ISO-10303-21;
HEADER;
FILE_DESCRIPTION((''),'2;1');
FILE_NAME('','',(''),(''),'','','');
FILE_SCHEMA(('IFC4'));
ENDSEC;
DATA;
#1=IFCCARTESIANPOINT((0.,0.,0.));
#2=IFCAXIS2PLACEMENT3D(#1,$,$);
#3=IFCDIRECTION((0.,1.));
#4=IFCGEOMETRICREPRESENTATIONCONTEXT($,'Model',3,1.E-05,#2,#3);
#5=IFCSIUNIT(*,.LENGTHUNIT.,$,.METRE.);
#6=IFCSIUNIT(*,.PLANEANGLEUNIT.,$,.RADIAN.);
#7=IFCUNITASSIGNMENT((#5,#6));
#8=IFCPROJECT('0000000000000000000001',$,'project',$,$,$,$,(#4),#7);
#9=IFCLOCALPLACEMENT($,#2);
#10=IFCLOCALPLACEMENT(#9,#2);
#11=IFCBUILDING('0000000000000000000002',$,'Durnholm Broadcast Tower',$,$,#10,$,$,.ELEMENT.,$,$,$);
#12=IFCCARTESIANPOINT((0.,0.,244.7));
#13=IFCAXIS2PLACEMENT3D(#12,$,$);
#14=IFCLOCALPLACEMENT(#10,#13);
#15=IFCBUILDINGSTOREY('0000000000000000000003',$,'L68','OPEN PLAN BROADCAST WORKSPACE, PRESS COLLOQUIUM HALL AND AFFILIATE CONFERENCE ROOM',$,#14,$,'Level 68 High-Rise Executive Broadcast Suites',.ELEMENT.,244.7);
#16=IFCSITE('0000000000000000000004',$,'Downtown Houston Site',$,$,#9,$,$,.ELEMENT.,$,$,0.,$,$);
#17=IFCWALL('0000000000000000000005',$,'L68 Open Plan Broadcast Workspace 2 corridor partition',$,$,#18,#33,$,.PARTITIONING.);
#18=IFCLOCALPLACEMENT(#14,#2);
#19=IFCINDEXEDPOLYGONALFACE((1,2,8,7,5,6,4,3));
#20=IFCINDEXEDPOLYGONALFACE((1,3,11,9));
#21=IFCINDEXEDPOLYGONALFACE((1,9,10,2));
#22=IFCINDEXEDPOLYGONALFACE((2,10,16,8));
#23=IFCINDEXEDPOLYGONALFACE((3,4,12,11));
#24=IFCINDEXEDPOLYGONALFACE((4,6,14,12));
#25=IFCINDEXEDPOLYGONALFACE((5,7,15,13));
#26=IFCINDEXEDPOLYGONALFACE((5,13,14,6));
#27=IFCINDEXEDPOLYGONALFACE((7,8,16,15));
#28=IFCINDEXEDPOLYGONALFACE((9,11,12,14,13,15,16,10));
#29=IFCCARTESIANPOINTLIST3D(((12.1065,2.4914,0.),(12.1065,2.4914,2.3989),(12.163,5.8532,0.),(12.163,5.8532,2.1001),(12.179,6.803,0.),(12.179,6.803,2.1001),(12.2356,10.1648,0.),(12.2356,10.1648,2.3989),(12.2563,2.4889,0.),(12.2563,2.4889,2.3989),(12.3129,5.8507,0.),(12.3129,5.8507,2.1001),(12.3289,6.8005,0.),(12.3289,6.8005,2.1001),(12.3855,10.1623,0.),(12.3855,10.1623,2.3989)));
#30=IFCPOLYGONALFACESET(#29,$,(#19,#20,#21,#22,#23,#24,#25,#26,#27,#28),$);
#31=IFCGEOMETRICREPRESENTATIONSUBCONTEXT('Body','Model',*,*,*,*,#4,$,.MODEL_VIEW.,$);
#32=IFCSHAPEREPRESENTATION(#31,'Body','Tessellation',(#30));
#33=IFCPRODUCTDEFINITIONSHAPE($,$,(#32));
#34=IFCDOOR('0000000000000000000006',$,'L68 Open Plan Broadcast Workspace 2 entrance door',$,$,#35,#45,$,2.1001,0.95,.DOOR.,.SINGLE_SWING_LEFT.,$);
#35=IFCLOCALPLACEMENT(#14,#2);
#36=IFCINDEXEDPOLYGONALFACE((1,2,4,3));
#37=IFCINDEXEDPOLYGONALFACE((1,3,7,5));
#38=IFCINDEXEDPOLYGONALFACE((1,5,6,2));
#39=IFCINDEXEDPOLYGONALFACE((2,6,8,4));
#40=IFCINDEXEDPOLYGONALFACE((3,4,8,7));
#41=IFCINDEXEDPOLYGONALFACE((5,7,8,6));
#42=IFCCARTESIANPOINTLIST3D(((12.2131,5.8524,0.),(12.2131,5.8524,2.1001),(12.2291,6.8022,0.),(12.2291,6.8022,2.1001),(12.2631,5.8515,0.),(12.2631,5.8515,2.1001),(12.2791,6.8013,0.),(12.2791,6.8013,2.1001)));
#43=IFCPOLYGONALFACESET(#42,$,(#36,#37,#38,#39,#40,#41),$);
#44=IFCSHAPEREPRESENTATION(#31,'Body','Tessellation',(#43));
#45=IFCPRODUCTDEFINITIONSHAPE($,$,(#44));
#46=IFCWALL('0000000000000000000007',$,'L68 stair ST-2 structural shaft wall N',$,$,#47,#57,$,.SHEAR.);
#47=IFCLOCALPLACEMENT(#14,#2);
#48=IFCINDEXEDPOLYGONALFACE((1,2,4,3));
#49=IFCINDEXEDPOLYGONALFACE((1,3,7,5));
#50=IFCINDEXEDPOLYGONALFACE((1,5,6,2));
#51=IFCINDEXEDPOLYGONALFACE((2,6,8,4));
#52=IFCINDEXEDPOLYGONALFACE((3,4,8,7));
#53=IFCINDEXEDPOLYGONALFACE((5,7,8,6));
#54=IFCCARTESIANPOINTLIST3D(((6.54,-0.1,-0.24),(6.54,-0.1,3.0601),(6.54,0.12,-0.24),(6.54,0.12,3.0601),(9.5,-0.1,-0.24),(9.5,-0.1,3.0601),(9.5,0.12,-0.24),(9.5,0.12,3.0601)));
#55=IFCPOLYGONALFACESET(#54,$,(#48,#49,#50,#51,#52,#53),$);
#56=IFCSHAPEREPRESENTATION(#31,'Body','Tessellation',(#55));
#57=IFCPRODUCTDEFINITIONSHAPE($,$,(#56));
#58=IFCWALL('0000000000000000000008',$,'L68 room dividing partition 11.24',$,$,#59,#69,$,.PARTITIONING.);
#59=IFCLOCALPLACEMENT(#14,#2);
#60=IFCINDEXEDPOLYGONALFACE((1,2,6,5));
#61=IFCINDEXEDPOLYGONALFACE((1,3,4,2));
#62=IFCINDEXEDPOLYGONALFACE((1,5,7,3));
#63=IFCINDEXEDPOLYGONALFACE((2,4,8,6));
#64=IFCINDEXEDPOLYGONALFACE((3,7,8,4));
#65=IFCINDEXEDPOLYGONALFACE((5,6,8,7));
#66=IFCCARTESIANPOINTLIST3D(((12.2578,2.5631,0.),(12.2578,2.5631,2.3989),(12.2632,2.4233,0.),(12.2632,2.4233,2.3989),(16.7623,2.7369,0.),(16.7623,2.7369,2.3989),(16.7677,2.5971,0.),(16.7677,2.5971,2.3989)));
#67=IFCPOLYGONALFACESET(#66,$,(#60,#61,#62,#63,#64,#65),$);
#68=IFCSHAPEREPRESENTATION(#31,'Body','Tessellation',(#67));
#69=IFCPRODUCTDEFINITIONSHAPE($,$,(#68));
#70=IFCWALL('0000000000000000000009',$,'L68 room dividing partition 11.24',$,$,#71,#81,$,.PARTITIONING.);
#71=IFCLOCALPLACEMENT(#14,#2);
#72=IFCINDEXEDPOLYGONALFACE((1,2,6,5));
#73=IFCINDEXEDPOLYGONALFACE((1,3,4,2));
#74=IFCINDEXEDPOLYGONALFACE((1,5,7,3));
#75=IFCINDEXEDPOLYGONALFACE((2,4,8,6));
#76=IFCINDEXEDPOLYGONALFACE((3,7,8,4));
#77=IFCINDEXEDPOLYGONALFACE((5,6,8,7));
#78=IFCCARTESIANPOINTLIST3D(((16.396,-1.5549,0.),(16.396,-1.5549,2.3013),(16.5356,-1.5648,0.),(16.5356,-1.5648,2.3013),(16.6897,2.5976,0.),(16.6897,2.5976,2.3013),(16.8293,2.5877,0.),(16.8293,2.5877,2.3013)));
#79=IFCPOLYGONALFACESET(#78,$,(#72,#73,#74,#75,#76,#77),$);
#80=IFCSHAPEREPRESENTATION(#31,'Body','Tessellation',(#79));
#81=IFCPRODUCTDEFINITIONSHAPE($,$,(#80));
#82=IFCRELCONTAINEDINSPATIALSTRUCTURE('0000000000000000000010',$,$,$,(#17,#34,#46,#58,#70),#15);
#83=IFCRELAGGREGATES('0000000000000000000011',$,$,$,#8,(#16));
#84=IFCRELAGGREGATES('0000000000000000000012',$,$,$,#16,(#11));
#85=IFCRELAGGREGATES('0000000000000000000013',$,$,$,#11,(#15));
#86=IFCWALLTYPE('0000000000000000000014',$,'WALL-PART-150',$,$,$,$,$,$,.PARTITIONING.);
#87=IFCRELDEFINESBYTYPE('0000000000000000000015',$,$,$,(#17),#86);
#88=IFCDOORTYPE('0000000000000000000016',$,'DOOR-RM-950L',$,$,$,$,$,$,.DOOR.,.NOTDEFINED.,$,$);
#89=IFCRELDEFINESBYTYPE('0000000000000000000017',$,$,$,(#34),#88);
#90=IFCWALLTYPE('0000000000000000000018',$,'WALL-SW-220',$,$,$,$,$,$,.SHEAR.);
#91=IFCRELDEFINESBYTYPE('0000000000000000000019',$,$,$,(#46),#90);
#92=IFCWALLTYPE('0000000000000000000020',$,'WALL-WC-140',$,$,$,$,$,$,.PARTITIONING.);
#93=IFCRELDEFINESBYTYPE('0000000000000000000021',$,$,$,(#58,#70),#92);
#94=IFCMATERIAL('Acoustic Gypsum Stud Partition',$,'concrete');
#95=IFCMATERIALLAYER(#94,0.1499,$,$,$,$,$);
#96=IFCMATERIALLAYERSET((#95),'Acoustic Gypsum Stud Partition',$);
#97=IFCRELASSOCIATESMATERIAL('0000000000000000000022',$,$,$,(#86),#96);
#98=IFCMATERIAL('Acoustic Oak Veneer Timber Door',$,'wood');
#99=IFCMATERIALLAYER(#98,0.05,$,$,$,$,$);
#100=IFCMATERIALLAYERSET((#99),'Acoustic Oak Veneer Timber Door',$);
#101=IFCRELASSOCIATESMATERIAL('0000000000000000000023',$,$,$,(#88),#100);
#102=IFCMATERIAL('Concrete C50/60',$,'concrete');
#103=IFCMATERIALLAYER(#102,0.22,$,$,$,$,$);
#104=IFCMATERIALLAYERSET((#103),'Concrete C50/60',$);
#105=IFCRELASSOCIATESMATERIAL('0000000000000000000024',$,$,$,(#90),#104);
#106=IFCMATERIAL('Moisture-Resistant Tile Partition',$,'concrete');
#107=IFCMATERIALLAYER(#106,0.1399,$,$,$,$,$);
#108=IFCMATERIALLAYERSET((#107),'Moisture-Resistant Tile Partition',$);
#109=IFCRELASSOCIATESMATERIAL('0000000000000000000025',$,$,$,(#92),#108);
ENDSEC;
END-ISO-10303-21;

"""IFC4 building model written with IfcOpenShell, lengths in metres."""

from ifc_helpers import new_model, si_unit, direction, frame, frame_2d, origin, place, context, subcontext, project, spatial, rectangle, extrude, source, transform, mapped, material, layer, layer_set, type_object, type_shapes, element, fill, save


model = new_model("IFC4")

# Units and contexts
model_context = context("Model", 3, precision=1e-05, world=origin(), true_north=direction((0.0, 1.0)))
body_context = subcontext(model_context, "Body", "Model", "MODEL_VIEW")
ifc_project = project(units=[si_unit("LENGTHUNIT", "METRE"), si_unit("PLANEANGLEUNIT", "RADIAN")], contexts=[model_context])

# Site, building, storey
site_placement = place(None, origin())
site = spatial("IfcSite", under=ifc_project, at=site_placement, Name="Downtown Houston Site", CompositionType="ELEMENT", RefElevation=0.0)
building_placement = place(site_placement, origin())
building = spatial("IfcBuilding", under=site, at=building_placement, Name="Durnholm Broadcast Tower", CompositionType="ELEMENT")
storey_placement = place(building_placement, frame((0.0, 0.0, 244.7)))
storey = spatial("IfcBuildingStorey", under=building, at=storey_placement, Name="L68", Description="OPEN PLAN BROADCAST WORKSPACE, PRESS COLLOQUIUM HALL AND AFFILIATE CONFERENCE ROOM", LongName="Level 68 High-Rise Executive Broadcast Suites", CompositionType="ELEMENT", Elevation=244.7)

# Wall, opening, door
ifc_material_1 = material(Name="Acoustic Gypsum Stud Partition", Category="concrete")
ifc_layer_1 = layer(ifc_material_1, 0.1499)
ifc_layer_set_1 = layer_set([ifc_layer_1], Name="Acoustic Gypsum Stud Partition")
wall_type_1 = type_object("IfcWallType", Name="WALL-PART-150", PredefinedType="PARTITIONING", material=ifc_layer_set_1)
wall_1_placement = place(storey_placement, frame((12.1814, 2.49, 0.0), z_axis=(0.0, 0.0, 1.0), x_axis=(0.016828, 0.999858, 0.0)))
wall_1 = element("IfcWall", 1, at=wall_1_placement, inside=storey, type_object=wall_type_1, Name="L68 Open Plan Broadcast Workspace 2 corridor partition", PredefinedType="PARTITIONING", context=body_context, shape_type="SweptSolid", body=[
    extrude(rectangle(XDim=7.6746, YDim=0.1499, at=frame_2d((3.8374, 0.0))), origin(), (0.0, 0.0, 1.0), 2.3989),
])
opening_1_placement = place(wall_1_placement, frame((3.3623, 0.0, 0.0)))
opening_1 = element("IfcOpeningElement", 2, at=opening_1_placement, cuts=wall_1, PredefinedType="OPENING", context=body_context, shape_type="SweptSolid", body=[
    extrude(rectangle(XDim=0.95, YDim=2.1001, at=frame_2d((0.4751, 1.05))), frame((0.0, 0.085, 0.0), z_axis=(0.0, -1.0, 0.0), x_axis=(1.0, 0.0, 0.0)), (0.0, 0.0, 1.0), 0.1699),
])
ifc_material_2 = material(Name="Acoustic Oak Veneer Timber Door", Category="wood")
ifc_layer_2 = layer(ifc_material_2, 0.05)
ifc_layer_set_2 = layer_set([ifc_layer_2], Name="Acoustic Oak Veneer Timber Door")
door_type_1 = type_object("IfcDoorType", Name="DOOR-RM-950L", OperationType="NOTDEFINED", PredefinedType="DOOR", material=ifc_layer_set_2)
shared_shape_1 = source(origin(), body_context, "Body", "SweptSolid", [
    extrude(rectangle(XDim=0.95, YDim=2.1001, at=frame_2d((0.4751, 1.05))), frame((0.0, 0.0249, 0.0), z_axis=(0.0, -1.0, 0.0), x_axis=(1.0, 0.0, 0.0)), (0.0, 0.0, 1.0), 0.05),
])
type_shapes(door_type_1, [shared_shape_1])
door_1_placement = place(opening_1_placement, origin())
door_1 = element("IfcDoor", 3, at=door_1_placement, inside=storey, type_object=door_type_1, Name="L68 Open Plan Broadcast Workspace 2 entrance door", OperationType="SINGLE_SWING_LEFT", OverallHeight=2.1001, OverallWidth=0.95, PredefinedType="DOOR", context=body_context, shape_type="MappedRepresentation", body=[
    mapped(shared_shape_1, transform((0.0, 0.0, 0.0), x_axis=(1.0, 0.0, 0.0), y_axis=(0.0, 1.0, 0.0), z_axis=(0.0, 0.0, 1.0), scale=1.0)),
])
fill(opening_1, door_1)

# Walls
ifc_material_3 = material(Name="Concrete C50/60", Category="concrete")
ifc_layer_3 = layer(ifc_material_3, 0.22)
ifc_layer_set_3 = layer_set([ifc_layer_3], Name="Concrete C50/60")
wall_type_2 = type_object("IfcWallType", Name="WALL-SW-220", PredefinedType="SHEAR", material=ifc_layer_set_3)
wall_2_placement = place(storey_placement, frame((9.5, 0.01, -0.24), z_axis=(0.0, 0.0, 1.0), x_axis=(-1.0, 0.0, 0.0)))
element("IfcWall", 4, at=wall_2_placement, inside=storey, type_object=wall_type_2, Name="L68 stair ST-2 structural shaft wall N", PredefinedType="SHEAR", context=body_context, shape_type="SweptSolid", body=[
    extrude(rectangle(XDim=2.96, YDim=0.22, at=frame_2d((1.48, 0.0))), origin(), (0.0, 0.0, 1.0), 3.3),
])
ifc_material_4 = material(Name="Moisture-Resistant Tile Partition", Category="concrete")
ifc_layer_4 = layer(ifc_material_4, 0.1399)
ifc_layer_set_4 = layer_set([ifc_layer_4], Name="Moisture-Resistant Tile Partition")
wall_type_3 = type_object("IfcWallType", Name="WALL-WC-140", PredefinedType="PARTITIONING", material=ifc_layer_set_4)
wall_3_placement = place(storey_placement, frame((12.2605, 2.4932, 0.0), z_axis=(0.0, 0.0, 1.0), x_axis=(0.999256, 0.038562, 0.0)))
element("IfcWall", 5, at=wall_3_placement, inside=storey, type_object=wall_type_3, Name="L68 room dividing partition 11.24", PredefinedType="PARTITIONING", context=body_context, shape_type="SweptSolid", body=[
    extrude(rectangle(XDim=4.5078, YDim=0.1399, at=frame_2d((2.2539, 0.0))), origin(), (0.0, 0.0, 1.0), 2.3989),
])
wall_4_placement = place(storey_placement, frame((16.7595, 2.5928, 0.0), z_axis=(0.0, 0.0, 1.0), x_axis=(-0.070551, -0.997508, 0.0)))
element("IfcWall", 6, at=wall_4_placement, inside=storey, type_object=wall_type_3, Name="L68 room dividing partition 11.24", PredefinedType="PARTITIONING", context=body_context, shape_type="SweptSolid", body=[
    extrude(rectangle(XDim=4.1628, YDim=0.1399, at=frame_2d((2.0815, 0.0))), origin(), (0.0, 0.0, 1.0), 2.3013),
])

save(model, "model.ifc")
